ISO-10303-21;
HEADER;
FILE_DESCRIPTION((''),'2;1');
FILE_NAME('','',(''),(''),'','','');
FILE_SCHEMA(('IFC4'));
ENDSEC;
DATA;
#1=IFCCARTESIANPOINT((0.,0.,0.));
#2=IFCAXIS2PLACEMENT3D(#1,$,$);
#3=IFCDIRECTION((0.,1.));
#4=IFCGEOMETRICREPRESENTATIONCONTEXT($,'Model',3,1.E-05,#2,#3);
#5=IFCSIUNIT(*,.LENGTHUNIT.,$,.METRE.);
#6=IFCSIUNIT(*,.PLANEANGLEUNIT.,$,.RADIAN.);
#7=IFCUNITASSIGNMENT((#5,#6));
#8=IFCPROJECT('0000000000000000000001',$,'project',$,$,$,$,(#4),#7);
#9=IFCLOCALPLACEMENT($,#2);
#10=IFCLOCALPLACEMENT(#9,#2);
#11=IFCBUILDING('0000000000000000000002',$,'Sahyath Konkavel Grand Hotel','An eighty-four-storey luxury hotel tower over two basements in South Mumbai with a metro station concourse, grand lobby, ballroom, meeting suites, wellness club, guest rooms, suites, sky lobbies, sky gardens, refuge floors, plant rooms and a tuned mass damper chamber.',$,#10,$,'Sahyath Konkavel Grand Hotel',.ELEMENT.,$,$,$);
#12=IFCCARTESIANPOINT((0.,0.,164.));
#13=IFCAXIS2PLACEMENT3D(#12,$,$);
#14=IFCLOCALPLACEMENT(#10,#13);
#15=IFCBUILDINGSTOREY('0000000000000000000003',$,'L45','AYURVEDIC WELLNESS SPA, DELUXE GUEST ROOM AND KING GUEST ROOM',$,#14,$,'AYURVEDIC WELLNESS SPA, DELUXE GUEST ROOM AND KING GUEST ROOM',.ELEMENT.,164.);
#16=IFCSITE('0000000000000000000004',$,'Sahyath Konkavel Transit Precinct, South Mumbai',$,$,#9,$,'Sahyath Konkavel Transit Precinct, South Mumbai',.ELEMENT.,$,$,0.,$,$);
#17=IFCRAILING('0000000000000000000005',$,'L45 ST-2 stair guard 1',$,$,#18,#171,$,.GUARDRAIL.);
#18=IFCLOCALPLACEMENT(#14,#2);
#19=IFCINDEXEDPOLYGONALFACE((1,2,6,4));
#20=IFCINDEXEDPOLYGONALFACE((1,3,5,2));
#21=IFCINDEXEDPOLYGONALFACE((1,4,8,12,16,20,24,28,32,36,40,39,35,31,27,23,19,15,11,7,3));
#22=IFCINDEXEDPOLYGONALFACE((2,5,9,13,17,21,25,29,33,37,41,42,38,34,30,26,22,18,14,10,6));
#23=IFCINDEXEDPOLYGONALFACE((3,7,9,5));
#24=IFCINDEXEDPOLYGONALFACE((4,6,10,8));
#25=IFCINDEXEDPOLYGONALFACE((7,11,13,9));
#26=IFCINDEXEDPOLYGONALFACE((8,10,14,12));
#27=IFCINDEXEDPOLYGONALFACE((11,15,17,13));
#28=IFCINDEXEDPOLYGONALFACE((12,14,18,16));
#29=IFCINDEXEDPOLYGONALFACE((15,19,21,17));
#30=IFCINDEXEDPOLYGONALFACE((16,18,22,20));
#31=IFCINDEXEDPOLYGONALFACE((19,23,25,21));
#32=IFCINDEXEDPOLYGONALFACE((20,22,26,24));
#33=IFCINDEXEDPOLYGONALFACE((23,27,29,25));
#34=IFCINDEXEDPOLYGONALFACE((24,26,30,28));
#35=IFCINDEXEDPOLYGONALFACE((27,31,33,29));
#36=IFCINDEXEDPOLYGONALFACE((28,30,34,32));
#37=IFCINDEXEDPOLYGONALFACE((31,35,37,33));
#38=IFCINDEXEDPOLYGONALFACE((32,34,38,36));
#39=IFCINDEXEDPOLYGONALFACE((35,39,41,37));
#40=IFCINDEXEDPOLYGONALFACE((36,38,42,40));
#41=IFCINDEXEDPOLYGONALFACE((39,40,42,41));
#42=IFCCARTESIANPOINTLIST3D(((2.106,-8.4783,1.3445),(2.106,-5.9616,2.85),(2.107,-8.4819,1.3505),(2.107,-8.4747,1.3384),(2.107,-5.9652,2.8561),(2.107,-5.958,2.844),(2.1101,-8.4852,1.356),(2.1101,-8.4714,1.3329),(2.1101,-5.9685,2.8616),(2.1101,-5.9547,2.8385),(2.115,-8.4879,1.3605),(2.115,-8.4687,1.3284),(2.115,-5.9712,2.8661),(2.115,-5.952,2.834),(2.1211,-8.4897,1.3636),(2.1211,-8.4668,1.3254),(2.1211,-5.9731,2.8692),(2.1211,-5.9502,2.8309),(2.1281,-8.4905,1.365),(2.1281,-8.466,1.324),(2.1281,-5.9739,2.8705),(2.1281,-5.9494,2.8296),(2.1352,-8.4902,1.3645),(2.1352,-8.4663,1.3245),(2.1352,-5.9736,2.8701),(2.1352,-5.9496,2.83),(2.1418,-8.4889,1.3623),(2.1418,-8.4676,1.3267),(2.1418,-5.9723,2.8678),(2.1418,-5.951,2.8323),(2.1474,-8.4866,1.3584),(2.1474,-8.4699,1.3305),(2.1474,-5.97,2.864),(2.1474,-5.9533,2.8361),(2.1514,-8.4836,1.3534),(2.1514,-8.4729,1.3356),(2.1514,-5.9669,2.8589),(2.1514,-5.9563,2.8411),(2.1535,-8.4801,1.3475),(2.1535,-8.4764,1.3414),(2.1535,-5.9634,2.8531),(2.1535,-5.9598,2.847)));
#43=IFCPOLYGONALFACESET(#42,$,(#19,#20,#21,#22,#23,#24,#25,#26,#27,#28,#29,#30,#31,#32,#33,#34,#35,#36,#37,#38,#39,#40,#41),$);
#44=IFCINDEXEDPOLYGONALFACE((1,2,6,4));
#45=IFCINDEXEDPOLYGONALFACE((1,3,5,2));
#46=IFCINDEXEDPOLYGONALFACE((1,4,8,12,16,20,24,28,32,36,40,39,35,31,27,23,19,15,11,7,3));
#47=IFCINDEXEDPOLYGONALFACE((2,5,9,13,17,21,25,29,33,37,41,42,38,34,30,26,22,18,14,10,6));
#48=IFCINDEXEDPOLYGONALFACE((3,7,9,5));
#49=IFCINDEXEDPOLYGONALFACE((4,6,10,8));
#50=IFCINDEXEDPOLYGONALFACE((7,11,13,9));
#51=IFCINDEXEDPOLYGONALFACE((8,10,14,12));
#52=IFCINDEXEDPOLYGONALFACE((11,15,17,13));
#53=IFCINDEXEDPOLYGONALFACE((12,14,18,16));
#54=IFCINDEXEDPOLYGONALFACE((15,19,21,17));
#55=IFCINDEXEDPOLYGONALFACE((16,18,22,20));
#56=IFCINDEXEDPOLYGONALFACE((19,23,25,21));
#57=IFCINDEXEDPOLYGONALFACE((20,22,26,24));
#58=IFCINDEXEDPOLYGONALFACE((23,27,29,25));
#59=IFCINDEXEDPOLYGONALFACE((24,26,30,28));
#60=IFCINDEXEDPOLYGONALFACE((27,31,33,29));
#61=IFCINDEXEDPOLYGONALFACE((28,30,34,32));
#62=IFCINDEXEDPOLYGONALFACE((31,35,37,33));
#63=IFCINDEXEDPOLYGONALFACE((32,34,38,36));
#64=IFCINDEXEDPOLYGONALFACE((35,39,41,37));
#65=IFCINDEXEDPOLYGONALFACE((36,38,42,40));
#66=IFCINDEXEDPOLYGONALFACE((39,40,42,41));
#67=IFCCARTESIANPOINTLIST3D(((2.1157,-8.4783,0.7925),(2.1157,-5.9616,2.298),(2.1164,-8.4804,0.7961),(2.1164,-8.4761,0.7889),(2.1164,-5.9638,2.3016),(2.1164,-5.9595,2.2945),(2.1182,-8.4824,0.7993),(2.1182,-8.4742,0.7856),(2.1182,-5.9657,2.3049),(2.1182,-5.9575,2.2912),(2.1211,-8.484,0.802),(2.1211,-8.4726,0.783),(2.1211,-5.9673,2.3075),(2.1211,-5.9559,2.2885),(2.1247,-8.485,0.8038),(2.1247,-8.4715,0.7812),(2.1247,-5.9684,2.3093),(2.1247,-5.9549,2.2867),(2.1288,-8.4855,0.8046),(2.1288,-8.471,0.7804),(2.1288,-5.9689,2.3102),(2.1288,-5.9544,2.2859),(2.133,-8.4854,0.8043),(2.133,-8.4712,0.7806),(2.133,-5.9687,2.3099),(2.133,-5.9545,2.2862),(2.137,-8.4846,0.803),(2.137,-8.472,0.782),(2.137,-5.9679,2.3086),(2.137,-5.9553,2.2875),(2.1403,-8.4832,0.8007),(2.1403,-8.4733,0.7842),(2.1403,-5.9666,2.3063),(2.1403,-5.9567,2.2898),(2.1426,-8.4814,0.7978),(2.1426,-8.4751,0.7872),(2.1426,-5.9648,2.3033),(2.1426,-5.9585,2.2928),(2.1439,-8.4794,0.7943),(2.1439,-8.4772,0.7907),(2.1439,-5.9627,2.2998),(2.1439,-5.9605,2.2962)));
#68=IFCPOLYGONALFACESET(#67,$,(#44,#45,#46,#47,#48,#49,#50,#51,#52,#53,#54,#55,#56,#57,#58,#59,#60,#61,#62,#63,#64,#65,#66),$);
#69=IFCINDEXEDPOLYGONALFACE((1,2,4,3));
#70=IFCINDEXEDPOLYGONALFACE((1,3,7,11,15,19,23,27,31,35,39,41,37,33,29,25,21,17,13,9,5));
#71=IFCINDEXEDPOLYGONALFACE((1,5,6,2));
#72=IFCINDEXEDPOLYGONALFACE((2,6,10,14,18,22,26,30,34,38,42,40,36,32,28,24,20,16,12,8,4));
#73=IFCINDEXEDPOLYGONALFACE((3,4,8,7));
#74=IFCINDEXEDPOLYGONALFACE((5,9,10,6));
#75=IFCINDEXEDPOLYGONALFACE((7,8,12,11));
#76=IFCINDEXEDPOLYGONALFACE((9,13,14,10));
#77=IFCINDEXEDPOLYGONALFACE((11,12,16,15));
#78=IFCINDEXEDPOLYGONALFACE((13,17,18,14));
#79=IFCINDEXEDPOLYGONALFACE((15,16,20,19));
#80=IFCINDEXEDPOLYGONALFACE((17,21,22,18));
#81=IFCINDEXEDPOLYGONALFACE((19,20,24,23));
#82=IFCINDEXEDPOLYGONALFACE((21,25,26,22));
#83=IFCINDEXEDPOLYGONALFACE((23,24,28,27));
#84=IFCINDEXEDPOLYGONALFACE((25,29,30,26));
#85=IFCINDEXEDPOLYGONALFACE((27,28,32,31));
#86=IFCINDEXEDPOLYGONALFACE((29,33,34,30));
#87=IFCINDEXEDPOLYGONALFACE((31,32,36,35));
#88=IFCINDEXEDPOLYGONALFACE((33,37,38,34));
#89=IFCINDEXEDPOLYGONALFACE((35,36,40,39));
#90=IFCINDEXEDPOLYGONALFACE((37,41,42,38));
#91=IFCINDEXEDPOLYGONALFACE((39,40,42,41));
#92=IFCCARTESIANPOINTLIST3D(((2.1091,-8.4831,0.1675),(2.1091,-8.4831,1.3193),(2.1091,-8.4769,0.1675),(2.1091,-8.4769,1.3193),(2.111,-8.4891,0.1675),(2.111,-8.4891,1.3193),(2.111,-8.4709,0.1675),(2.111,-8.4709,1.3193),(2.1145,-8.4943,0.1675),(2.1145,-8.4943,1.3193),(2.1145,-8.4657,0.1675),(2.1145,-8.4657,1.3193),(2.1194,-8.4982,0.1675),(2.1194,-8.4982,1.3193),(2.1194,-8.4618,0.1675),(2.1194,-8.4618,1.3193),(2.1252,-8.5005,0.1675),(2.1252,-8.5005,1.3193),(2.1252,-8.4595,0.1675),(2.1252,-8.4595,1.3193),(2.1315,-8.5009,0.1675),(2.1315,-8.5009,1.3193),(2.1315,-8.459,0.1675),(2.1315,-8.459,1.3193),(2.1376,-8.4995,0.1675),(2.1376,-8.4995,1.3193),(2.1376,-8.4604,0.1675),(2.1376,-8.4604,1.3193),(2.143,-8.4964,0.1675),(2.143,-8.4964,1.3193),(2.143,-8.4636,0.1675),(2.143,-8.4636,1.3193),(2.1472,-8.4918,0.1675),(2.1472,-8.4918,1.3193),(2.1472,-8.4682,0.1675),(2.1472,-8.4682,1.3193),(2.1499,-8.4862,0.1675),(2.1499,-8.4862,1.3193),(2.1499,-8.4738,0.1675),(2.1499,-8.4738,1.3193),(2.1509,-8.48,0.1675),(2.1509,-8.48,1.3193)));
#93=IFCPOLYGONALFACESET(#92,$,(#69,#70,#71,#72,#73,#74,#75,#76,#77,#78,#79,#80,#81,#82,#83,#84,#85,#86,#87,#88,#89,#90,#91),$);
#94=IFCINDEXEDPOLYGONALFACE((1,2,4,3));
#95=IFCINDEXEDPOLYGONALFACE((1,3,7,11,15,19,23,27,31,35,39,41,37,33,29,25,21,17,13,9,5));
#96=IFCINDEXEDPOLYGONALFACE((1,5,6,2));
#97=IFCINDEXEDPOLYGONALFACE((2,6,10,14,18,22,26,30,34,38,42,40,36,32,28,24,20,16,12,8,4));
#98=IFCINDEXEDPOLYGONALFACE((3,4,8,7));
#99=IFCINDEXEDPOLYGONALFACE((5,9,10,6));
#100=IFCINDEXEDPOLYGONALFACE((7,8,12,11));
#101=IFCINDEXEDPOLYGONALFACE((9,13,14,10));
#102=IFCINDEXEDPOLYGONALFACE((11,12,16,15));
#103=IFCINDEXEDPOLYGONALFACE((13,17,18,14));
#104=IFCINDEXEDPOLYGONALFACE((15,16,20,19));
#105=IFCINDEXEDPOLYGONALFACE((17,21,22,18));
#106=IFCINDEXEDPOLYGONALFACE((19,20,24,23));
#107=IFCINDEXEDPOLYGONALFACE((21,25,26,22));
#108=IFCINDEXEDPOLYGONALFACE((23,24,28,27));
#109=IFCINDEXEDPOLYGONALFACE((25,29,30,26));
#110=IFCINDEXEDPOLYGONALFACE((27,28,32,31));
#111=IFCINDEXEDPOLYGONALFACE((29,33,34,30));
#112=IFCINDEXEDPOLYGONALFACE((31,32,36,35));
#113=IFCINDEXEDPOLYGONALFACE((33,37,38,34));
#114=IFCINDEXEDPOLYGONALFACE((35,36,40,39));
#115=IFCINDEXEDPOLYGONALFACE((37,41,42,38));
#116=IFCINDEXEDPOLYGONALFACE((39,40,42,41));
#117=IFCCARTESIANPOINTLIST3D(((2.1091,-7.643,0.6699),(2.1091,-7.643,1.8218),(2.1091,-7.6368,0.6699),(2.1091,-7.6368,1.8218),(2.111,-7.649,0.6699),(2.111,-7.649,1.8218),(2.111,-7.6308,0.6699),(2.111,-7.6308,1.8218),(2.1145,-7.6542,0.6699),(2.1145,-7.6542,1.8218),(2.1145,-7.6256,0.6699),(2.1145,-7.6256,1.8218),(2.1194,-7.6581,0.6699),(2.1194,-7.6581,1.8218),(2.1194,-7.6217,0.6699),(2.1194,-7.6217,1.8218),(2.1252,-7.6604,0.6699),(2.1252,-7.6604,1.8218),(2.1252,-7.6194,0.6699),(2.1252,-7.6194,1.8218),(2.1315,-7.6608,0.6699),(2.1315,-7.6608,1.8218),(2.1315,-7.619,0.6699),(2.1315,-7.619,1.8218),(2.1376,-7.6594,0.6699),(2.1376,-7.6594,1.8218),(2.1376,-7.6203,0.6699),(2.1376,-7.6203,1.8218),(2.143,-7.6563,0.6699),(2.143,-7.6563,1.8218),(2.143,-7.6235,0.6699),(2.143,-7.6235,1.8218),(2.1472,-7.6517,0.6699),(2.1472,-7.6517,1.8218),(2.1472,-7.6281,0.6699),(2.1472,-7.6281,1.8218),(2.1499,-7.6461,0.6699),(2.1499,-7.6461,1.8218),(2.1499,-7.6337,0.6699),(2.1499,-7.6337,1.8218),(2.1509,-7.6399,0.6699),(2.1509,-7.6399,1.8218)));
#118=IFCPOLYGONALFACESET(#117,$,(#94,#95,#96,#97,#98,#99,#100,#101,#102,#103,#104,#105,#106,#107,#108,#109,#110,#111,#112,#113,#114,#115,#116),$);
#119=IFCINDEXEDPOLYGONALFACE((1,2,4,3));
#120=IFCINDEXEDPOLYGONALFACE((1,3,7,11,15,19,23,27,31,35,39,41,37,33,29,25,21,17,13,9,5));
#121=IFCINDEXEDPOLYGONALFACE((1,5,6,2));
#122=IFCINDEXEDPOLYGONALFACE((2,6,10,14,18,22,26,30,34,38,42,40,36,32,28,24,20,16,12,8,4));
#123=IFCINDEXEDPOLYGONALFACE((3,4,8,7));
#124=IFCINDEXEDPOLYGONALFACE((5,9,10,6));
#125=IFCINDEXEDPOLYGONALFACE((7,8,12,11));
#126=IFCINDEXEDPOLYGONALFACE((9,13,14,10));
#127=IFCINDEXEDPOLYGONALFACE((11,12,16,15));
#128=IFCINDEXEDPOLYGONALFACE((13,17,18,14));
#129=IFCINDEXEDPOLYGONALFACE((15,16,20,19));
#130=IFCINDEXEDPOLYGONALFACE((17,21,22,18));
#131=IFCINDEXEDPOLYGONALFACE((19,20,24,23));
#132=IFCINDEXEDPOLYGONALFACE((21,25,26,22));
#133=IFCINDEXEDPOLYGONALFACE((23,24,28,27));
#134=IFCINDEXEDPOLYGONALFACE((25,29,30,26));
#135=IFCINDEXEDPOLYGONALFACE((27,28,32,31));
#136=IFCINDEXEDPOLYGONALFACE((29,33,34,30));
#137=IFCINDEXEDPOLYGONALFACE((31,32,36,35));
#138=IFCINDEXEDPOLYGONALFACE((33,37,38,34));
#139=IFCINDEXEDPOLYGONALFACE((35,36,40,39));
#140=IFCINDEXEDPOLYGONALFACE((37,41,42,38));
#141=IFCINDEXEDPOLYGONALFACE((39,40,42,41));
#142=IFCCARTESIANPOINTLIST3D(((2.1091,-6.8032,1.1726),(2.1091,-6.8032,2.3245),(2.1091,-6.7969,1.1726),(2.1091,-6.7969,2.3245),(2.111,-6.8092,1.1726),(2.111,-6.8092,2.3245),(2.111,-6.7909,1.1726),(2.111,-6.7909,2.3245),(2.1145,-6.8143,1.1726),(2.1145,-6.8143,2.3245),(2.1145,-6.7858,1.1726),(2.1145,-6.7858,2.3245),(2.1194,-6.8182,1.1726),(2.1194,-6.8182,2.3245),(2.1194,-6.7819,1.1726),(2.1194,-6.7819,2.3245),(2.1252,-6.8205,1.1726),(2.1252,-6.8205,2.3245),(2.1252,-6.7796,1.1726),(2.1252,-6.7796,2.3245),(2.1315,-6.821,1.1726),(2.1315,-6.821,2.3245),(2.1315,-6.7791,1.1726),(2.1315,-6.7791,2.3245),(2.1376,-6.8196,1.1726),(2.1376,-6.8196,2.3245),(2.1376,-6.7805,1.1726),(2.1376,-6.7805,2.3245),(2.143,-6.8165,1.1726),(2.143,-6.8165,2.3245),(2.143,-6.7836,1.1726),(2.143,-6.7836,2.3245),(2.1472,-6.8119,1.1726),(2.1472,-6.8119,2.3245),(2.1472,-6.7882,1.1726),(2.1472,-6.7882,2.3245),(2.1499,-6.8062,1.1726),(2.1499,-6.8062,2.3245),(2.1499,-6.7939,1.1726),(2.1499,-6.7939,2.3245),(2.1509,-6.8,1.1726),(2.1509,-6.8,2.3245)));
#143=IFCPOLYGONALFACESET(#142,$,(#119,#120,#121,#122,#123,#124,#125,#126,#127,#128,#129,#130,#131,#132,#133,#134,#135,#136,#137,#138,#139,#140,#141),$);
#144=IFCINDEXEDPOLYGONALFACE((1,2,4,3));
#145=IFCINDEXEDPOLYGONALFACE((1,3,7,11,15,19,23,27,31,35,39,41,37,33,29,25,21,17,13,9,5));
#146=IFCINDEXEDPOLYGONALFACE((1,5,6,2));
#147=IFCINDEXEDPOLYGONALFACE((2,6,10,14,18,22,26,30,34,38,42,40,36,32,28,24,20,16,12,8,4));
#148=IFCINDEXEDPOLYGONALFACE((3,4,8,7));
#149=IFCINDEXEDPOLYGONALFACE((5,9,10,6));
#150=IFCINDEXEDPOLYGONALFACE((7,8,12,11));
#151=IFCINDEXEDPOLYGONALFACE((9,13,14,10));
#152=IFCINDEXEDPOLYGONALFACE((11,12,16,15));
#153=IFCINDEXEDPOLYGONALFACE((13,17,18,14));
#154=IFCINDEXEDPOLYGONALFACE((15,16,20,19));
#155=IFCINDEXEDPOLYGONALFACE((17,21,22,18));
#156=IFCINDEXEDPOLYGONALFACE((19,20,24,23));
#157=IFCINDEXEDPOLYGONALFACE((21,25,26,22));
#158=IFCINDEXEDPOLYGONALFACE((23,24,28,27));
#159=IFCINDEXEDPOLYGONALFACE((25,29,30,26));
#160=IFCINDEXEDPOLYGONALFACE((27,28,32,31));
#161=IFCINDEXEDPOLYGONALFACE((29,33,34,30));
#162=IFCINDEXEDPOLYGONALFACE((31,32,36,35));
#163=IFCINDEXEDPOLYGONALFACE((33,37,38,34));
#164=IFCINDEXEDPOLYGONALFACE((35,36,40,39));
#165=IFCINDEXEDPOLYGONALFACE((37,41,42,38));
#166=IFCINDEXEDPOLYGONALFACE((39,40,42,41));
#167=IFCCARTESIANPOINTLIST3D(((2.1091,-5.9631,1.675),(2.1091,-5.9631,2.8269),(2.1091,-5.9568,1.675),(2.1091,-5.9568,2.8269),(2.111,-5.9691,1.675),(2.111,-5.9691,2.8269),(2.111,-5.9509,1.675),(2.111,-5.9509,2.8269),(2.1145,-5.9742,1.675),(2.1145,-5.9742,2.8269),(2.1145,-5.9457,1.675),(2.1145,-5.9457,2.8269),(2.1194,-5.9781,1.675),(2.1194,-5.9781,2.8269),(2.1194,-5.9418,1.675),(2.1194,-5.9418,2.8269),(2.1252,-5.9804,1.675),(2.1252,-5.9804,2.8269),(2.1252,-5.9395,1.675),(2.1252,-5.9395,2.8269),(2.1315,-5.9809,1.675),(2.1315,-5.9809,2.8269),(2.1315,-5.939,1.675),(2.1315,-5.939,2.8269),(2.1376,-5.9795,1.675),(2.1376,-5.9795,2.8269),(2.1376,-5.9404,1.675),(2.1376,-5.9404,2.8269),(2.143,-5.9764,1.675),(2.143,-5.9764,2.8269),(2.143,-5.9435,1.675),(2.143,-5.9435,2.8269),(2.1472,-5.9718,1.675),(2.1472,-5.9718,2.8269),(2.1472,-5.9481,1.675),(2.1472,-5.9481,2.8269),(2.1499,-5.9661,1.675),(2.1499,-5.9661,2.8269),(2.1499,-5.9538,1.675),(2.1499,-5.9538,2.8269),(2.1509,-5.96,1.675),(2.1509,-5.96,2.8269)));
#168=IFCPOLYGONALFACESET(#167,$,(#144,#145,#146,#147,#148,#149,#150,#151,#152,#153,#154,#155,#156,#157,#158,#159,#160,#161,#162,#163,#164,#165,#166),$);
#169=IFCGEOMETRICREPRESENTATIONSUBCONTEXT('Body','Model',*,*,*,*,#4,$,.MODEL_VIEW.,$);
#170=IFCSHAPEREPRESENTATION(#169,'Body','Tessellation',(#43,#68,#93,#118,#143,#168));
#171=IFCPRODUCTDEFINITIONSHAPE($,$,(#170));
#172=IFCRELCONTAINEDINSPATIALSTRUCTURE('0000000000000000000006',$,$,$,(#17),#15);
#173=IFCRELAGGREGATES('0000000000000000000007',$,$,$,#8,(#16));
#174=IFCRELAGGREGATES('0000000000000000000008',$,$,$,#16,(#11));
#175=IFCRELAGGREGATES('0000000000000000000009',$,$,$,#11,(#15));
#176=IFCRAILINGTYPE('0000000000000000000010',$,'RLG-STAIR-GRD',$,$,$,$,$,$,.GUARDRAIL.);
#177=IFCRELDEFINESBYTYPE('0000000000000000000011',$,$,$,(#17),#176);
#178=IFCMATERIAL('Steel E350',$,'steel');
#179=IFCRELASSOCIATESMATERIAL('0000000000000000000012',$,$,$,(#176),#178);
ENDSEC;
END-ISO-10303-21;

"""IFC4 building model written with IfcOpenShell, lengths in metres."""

from ifc_helpers import new_model, si_unit, direction, frame, origin, origin_2d, place, context, subcontext, project, spatial, circle, extrude, material, type_object, element, save


model = new_model("IFC4")

# Units and contexts
model_context = context("Model", 3, precision=1e-05, world=origin(), true_north=direction((0.0, 1.0)))
body_context = subcontext(model_context, "Body", "Model", "MODEL_VIEW")
ifc_project = project(units=[si_unit("LENGTHUNIT", "METRE"), si_unit("PLANEANGLEUNIT", "RADIAN")], contexts=[model_context])

# Site, building, storey
site_placement = place(None, origin())
site = spatial("IfcSite", under=ifc_project, at=site_placement, Name="Sahyath Konkavel Transit Precinct, South Mumbai", LongName="Sahyath Konkavel Transit Precinct, South Mumbai", CompositionType="ELEMENT", RefElevation=0.0)
building_placement = place(site_placement, origin())
building = spatial("IfcBuilding", under=site, at=building_placement, Name="Sahyath Konkavel Grand Hotel", Description="An eighty-four-storey luxury hotel tower over two basements in South Mumbai with a metro station concourse, grand lobby, ballroom, meeting suites, wellness club, guest rooms, suites, sky lobbies, sky gardens, refuge floors, plant rooms and a tuned mass damper chamber.", LongName="Sahyath Konkavel Grand Hotel", CompositionType="ELEMENT")
storey_placement = place(building_placement, frame((0.0, 0.0, 164.0)))
storey = spatial("IfcBuildingStorey", under=building, at=storey_placement, Name="L45", Description="AYURVEDIC WELLNESS SPA, DELUXE GUEST ROOM AND KING GUEST ROOM", LongName="AYURVEDIC WELLNESS SPA, DELUXE GUEST ROOM AND KING GUEST ROOM", CompositionType="ELEMENT", Elevation=164.0)

# Shared definitions
ifc_material_1 = material(Name="Steel E350", Category="steel")

# Railing
railing_type_1 = type_object("IfcRailingType", Name="RLG-STAIR-GRD", PredefinedType="GUARDRAIL", material=ifc_material_1)
railing_1_placement = place(storey_placement, frame((2.1299, -8.48, 0.1675)))
element("IfcRailing", 1, at=railing_1_placement, inside=storey, type_object=railing_type_1, Name="L45 ST-2 stair guard 1", PredefinedType="GUARDRAIL", context=body_context, shape_type="SweptSolid", body=[
    extrude(circle(Radius=0.0239, at=origin_2d()), frame((0.0, 0.0017, 1.177), z_axis=(0.0, 0.85816, 0.513383), x_axis=(-1.0, 0.0, 0.0)), (0.0, 0.0, 1.0), 2.9326),
    extrude(circle(Radius=0.0142, at=origin_2d()), frame((0.0, 0.0017, 0.625), z_axis=(0.0, 0.85816, 0.513383), x_axis=(-1.0, 0.0, 0.0)), (0.0, 0.0, 1.0), 2.9326),
    extrude(circle(Radius=0.021, at=origin_2d()), origin(), (0.0, 0.0, 1.0), 1.1519),
    extrude(circle(Radius=0.021, at=origin_2d()), frame((0.0, 0.8401, 0.5024)), (0.0, 0.0, 1.0), 1.1519),
    extrude(circle(Radius=0.021, at=origin_2d()), frame((0.0, 1.6799, 1.0051)), (0.0, 0.0, 1.0), 1.1519),
    extrude(circle(Radius=0.021, at=origin_2d()), frame((0.0, 2.52, 1.5076)), (0.0, 0.0, 1.0), 1.1519),
])

save(model, "model.ifc")
